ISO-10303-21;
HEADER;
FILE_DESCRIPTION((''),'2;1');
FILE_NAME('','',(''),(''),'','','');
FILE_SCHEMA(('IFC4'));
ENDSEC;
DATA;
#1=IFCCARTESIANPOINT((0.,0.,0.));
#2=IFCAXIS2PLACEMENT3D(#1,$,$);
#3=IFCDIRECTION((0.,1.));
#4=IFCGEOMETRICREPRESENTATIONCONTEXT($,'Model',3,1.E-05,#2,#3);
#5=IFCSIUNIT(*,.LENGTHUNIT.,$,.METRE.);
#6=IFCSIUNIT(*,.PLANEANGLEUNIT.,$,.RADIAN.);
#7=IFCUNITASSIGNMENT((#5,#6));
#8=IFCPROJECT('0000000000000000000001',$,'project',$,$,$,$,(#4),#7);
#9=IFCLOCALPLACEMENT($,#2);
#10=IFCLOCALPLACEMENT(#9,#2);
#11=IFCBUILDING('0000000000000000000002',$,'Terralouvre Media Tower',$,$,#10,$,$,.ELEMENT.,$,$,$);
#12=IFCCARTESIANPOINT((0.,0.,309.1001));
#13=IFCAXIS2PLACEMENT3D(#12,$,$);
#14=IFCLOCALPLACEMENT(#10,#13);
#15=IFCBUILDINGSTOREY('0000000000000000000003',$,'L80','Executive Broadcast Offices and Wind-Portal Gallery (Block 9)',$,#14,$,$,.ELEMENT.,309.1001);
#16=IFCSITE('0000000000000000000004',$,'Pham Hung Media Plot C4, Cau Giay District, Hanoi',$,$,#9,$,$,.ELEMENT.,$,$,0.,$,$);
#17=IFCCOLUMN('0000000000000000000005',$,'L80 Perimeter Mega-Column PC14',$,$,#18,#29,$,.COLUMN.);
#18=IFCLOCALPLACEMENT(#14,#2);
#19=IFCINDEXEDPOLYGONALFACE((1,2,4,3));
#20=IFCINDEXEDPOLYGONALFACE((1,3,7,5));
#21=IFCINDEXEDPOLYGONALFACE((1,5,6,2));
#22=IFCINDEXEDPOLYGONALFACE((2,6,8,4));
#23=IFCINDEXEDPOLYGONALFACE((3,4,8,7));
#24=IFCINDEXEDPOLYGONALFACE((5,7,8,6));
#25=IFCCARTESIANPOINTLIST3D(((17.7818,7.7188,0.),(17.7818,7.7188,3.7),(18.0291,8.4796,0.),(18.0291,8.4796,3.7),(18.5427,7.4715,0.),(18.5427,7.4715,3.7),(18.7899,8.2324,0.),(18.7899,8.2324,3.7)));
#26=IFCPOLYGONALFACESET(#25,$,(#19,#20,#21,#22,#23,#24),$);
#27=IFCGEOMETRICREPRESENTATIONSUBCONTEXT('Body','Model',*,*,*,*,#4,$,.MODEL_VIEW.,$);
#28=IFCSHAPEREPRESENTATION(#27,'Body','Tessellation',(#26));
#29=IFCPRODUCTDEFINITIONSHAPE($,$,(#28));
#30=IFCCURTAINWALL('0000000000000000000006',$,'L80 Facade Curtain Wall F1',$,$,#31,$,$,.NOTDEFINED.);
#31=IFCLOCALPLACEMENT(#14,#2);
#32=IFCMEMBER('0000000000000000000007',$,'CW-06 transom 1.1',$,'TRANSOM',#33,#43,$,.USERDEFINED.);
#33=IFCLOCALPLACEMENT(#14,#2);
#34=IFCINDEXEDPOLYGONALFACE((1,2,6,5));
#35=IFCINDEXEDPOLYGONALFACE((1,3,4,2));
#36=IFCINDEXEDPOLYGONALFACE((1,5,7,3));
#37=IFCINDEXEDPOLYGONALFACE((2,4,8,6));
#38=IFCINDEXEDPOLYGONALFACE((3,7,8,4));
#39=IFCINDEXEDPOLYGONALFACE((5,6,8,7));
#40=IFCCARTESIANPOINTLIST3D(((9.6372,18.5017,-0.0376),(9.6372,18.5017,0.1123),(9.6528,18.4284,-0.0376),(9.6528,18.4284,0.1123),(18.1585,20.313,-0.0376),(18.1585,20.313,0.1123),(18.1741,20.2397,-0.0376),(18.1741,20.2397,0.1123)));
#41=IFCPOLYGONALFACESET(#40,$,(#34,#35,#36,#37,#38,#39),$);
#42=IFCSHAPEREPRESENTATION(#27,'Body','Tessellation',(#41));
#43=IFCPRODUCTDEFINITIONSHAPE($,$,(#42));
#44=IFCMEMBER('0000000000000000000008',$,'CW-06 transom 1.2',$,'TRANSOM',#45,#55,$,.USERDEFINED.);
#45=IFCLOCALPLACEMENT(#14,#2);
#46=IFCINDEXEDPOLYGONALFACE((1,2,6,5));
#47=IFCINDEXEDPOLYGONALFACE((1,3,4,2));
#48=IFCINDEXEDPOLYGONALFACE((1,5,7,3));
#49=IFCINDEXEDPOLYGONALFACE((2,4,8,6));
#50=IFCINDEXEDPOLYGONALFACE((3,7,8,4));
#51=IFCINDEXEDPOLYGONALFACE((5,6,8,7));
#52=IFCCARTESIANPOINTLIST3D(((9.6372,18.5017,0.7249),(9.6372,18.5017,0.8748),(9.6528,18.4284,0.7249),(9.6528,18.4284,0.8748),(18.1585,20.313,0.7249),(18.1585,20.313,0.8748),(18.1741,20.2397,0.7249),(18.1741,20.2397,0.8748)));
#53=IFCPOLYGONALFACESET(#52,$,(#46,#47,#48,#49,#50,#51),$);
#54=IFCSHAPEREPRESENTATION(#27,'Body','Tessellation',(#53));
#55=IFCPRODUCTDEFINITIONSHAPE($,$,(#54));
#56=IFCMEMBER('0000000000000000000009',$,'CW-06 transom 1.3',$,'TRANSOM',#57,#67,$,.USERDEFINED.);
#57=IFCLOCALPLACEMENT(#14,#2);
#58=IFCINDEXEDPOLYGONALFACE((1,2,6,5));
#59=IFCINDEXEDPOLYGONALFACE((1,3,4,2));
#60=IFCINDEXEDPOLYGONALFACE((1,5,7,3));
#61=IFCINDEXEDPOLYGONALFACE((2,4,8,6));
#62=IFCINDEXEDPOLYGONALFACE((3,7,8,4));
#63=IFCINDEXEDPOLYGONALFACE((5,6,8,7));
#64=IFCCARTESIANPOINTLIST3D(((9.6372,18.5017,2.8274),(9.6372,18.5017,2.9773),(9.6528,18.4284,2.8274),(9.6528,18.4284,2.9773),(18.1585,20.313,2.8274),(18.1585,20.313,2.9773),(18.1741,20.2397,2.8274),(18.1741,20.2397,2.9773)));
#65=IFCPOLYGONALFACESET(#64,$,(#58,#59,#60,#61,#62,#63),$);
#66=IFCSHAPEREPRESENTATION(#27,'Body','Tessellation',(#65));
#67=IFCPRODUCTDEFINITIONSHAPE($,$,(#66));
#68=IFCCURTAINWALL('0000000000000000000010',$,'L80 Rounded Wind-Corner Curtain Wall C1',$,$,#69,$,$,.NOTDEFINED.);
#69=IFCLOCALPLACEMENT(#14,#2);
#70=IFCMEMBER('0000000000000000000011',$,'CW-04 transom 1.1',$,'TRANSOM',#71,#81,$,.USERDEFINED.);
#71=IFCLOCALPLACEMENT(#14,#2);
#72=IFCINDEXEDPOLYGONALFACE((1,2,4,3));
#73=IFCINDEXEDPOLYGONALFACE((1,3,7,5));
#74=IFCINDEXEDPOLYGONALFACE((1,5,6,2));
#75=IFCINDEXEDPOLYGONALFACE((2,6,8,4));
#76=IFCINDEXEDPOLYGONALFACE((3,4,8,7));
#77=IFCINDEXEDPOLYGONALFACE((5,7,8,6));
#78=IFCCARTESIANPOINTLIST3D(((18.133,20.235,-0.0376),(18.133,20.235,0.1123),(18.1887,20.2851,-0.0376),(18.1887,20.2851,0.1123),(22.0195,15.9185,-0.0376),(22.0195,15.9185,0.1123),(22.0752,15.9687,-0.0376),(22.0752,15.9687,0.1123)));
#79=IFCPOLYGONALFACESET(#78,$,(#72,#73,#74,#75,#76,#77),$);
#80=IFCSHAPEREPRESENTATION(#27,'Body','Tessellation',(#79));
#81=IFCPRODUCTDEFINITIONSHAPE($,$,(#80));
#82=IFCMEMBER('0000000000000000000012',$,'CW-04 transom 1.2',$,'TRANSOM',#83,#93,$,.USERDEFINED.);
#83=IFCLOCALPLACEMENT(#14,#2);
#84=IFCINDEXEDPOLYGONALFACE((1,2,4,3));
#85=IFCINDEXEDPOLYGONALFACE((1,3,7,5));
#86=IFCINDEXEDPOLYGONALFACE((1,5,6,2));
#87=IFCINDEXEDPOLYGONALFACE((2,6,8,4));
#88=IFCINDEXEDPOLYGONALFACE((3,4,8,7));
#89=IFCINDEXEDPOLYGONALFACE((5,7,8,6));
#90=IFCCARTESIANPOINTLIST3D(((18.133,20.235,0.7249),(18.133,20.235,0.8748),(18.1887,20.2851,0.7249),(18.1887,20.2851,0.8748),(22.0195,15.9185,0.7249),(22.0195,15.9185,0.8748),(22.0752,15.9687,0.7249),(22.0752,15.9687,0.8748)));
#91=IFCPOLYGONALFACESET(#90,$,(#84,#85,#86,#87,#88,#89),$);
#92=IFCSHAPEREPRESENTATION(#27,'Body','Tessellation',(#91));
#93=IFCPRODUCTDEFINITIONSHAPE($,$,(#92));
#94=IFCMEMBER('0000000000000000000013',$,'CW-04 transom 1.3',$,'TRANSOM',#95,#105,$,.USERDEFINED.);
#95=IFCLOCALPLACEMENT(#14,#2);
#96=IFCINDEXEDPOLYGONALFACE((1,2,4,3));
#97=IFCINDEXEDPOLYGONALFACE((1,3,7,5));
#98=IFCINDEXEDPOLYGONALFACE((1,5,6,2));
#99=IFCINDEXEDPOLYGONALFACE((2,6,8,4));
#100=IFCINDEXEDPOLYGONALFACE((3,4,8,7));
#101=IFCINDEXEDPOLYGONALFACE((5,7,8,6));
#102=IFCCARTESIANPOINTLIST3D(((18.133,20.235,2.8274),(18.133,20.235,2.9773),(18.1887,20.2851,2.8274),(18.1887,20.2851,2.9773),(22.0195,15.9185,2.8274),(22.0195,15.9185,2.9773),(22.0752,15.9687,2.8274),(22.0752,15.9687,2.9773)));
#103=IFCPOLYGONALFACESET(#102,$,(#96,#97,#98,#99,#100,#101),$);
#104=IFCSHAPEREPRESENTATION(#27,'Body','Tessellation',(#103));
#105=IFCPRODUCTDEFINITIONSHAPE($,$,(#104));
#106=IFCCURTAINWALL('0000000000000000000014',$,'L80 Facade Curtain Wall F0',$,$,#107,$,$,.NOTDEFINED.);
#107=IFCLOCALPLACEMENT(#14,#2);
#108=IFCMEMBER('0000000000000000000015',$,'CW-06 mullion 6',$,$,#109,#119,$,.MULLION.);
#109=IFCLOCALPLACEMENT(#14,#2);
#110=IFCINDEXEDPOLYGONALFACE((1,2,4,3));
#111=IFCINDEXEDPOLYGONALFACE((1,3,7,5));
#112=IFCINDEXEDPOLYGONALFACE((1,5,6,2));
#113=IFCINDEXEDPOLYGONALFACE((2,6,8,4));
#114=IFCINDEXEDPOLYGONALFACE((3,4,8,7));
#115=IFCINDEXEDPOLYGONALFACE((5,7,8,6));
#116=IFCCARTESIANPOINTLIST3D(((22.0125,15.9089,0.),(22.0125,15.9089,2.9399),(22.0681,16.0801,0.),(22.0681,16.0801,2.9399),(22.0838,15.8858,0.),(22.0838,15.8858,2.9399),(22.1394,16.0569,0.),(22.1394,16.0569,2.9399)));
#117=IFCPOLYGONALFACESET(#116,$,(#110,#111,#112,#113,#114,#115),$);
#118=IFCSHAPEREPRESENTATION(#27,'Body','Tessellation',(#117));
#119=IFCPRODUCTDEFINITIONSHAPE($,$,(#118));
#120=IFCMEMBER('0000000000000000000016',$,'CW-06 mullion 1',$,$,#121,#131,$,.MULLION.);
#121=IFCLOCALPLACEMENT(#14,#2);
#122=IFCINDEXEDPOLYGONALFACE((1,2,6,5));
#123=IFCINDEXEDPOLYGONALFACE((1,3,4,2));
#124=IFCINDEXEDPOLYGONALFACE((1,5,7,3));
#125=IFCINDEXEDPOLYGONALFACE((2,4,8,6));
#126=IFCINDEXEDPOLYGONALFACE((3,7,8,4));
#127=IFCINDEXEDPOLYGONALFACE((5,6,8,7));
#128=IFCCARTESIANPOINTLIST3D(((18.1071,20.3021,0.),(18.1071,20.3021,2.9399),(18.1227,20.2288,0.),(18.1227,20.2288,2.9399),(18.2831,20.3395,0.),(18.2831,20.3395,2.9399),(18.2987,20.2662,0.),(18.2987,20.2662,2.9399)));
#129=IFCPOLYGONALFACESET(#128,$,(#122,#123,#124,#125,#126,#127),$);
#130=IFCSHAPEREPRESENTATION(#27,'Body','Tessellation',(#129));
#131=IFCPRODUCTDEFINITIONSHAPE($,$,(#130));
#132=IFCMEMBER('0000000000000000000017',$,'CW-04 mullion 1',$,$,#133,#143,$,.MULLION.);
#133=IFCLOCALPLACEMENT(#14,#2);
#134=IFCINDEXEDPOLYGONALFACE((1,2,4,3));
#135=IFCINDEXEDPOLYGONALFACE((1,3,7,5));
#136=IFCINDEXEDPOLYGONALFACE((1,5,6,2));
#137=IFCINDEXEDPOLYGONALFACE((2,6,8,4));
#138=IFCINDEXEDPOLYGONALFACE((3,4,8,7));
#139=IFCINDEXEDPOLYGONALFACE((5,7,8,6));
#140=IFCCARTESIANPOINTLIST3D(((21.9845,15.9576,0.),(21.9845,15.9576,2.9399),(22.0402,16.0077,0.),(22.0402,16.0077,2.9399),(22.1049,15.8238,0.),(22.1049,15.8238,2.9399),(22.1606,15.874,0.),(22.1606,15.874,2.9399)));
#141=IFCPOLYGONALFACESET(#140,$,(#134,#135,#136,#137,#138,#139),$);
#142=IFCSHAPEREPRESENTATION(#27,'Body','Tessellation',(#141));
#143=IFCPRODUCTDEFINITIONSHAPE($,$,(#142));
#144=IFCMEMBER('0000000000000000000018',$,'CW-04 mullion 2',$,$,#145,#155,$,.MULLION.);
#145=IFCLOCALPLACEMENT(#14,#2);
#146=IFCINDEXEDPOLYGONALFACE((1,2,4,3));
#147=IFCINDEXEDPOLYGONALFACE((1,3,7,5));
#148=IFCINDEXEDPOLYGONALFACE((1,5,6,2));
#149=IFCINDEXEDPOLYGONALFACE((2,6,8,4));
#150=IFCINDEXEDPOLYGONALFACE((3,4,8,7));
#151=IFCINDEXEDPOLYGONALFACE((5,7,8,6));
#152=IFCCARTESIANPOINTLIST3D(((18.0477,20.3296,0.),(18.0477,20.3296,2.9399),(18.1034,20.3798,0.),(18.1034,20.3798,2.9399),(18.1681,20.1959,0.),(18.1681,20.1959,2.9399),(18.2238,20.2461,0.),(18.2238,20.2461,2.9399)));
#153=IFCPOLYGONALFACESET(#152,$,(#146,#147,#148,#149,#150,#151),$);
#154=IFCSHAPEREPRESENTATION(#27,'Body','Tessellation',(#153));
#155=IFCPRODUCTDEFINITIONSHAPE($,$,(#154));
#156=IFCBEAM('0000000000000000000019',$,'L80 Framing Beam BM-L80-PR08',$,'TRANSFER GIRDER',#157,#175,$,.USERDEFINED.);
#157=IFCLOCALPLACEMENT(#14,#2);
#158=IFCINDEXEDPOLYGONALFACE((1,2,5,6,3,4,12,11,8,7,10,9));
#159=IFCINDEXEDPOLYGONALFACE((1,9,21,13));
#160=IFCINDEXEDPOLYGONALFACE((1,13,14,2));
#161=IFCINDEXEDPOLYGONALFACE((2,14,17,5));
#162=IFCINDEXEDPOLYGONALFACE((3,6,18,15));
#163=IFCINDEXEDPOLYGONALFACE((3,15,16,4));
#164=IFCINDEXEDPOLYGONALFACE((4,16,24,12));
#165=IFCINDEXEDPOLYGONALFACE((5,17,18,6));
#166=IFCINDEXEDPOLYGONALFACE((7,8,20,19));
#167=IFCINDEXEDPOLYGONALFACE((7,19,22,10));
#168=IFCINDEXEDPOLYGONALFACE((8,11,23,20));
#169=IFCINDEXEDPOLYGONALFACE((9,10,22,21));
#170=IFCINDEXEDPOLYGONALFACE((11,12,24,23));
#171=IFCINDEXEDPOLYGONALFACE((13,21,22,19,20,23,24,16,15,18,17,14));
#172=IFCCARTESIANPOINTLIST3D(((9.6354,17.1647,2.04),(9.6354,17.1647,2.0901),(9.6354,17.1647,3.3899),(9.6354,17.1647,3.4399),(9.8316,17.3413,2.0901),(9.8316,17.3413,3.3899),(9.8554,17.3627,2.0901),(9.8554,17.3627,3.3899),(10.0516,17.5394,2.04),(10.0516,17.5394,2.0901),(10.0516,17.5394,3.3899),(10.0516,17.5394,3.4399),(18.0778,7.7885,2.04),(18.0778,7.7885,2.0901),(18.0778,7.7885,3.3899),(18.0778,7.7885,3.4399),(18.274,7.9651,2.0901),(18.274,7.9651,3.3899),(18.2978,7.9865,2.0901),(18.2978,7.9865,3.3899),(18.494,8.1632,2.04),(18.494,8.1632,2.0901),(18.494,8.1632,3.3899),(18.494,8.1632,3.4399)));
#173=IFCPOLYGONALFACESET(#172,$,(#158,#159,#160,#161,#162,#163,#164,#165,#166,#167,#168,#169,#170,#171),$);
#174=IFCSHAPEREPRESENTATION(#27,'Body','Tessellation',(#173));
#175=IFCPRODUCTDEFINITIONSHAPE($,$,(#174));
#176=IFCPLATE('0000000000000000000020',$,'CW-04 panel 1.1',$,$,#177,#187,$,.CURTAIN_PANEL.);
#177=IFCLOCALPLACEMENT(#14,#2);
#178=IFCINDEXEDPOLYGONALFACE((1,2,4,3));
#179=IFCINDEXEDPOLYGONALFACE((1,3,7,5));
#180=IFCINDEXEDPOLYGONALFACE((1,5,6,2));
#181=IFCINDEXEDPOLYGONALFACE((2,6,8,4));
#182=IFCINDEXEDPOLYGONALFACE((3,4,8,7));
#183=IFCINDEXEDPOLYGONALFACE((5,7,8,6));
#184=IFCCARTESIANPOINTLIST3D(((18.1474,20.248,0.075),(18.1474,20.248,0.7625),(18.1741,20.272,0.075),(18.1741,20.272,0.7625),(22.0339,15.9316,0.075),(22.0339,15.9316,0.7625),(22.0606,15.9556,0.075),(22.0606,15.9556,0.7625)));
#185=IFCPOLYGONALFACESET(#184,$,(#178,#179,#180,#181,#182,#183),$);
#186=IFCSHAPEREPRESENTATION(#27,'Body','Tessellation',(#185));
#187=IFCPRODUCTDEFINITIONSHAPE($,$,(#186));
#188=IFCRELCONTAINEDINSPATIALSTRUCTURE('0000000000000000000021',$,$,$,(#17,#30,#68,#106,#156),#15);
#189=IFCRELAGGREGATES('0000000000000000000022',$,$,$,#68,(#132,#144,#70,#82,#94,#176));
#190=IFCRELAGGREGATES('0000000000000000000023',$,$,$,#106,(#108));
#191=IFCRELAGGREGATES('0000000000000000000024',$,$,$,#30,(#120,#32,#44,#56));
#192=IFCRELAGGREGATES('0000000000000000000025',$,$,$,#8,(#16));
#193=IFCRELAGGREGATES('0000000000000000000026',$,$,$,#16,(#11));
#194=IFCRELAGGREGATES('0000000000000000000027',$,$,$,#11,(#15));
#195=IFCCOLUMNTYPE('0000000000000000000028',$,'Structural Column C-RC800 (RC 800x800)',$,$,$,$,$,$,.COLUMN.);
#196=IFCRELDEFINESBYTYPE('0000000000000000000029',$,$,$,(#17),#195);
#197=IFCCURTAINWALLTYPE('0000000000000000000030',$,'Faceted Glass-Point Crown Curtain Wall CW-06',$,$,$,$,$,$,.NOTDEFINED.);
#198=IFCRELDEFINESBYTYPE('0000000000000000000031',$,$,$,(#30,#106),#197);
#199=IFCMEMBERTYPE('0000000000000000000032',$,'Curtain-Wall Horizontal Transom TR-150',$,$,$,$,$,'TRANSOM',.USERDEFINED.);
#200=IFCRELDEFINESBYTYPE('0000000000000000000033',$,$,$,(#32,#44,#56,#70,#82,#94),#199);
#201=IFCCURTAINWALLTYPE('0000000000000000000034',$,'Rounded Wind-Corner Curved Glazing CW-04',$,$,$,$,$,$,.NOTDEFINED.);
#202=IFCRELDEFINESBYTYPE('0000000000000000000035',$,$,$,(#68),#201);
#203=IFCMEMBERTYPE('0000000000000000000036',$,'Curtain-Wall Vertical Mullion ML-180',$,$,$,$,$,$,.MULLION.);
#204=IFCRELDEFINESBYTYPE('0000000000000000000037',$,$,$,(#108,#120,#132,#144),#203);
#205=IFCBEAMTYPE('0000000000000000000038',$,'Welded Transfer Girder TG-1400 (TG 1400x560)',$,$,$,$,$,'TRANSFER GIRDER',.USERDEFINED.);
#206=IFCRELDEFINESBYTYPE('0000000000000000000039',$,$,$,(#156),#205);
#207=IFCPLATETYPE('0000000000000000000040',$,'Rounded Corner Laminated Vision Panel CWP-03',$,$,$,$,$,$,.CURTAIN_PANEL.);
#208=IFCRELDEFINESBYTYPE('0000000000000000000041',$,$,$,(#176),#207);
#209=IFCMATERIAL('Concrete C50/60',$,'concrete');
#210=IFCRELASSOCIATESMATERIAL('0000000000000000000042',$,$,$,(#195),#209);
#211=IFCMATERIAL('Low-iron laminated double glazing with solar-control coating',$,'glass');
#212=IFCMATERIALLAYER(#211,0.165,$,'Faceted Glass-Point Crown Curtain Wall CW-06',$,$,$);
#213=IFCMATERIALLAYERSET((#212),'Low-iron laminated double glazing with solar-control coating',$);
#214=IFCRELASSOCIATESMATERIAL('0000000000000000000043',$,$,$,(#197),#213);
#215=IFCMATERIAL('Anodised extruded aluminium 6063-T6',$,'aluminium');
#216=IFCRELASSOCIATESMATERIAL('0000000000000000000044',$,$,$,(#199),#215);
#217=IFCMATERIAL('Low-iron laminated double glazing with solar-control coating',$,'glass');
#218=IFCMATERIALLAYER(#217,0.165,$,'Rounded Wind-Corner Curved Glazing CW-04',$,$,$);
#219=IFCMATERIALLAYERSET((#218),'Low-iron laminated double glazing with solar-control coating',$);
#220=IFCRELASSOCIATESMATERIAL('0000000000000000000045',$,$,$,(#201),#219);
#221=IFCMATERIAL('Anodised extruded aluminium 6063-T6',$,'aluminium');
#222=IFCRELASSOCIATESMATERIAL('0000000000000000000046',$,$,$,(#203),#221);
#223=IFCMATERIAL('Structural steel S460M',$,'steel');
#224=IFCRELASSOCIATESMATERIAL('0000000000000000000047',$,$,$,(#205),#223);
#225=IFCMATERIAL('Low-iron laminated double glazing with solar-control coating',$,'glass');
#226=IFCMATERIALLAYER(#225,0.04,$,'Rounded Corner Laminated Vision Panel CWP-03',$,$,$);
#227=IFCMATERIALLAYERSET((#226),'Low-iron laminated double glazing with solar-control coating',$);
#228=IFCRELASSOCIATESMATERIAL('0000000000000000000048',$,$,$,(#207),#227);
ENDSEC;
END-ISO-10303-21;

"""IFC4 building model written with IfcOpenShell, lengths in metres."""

from ifc_helpers import new_model, si_unit, direction, frame, origin, origin_2d, place, context, subcontext, project, spatial, rectangle, i_section, extrude, material, layer, layer_set, material_profile, profile_set, type_object, element, aggregate, save


model = new_model("IFC4")

# Units and contexts
model_context = context("Model", 3, precision=1e-05, world=origin(), true_north=direction((0.0, 1.0)))
body_context = subcontext(model_context, "Body", "Model", "MODEL_VIEW")
ifc_project = project(units=[si_unit("LENGTHUNIT", "METRE"), si_unit("PLANEANGLEUNIT", "RADIAN")], contexts=[model_context])

# Site, building, storey
site_placement = place(None, origin())
site = spatial("IfcSite", under=ifc_project, at=site_placement, Name="Pham Hung Media Plot C4, Cau Giay District, Hanoi", CompositionType="ELEMENT", RefElevation=0.0)
building_placement = place(site_placement, origin())
building = spatial("IfcBuilding", under=site, at=building_placement, Name="Terralouvre Media Tower", CompositionType="ELEMENT")
storey_placement = place(building_placement, frame((0.0, 0.0, 309.1001)))
storey = spatial("IfcBuildingStorey", under=building, at=storey_placement, Name="L80", Description="Executive Broadcast Offices and Wind-Portal Gallery (Block 9)", CompositionType="ELEMENT", Elevation=309.1001)

# Column
ifc_material_1 = material(Name="Concrete C50/60", Category="concrete")
ifc_material_profile_1 = material_profile(ifc_material_1, rectangle(XDim=0.8, YDim=0.8, at=origin_2d()), Name="RC 800x800")
ifc_profile_set_1 = profile_set([ifc_material_profile_1], Name="Concrete C50/60")
column_type = type_object("IfcColumnType", Name="Structural Column C-RC800 (RC 800x800)", PredefinedType="COLUMN", material=ifc_profile_set_1)
column_placement = place(storey_placement, frame((18.2859, 7.9756, 0.0), z_axis=(0.0, 0.0, 1.0), x_axis=(0.309017, 0.951057, 0.0)))
element("IfcColumn", 1, at=column_placement, inside=storey, type_object=column_type, Name="L80 Perimeter Mega-Column PC14", PredefinedType="COLUMN", context=body_context, shape_type="SweptSolid", body=[
    extrude(rectangle(XDim=0.8, YDim=0.8, at=origin_2d()), origin(), (0.0, 0.0, 1.0), 3.7),
])

# Curtain walls, members
ifc_material_2 = material(Name="Low-iron laminated double glazing with solar-control coating", Category="glass")
ifc_layer_1 = layer(ifc_material_2, 0.165, Name="Faceted Glass-Point Crown Curtain Wall CW-06")
ifc_layer_set_1 = layer_set([ifc_layer_1], Name="Low-iron laminated double glazing with solar-control coating")
curtain_wall_type_1 = type_object("IfcCurtainWallType", Name="Faceted Glass-Point Crown Curtain Wall CW-06", PredefinedType="NOTDEFINED", material=ifc_layer_set_1)
curtain_wall_1_placement = place(storey_placement, origin())
curtain_wall_1 = element("IfcCurtainWall", 2, at=curtain_wall_1_placement, inside=storey, type_object=curtain_wall_type_1, Name="L80 Facade Curtain Wall F1", PredefinedType="NOTDEFINED")
ifc_material_3 = material(Name="Anodised extruded aluminium 6063-T6", Category="aluminium")
ifc_material_profile_2 = material_profile(ifc_material_3, rectangle(XDim=0.075, YDim=0.1499, at=origin_2d()), Name="ALU 75x150")
ifc_profile_set_2 = profile_set([ifc_material_profile_2], Name="Anodised extruded aluminium 6063-T6")
member_type_1 = type_object("IfcMemberType", Name="Curtain-Wall Horizontal Transom TR-150", ElementType="TRANSOM", PredefinedType="USERDEFINED", material=ifc_profile_set_2)
member_1_placement = place(storey_placement, frame((18.1663, 20.2764, 0.0374), z_axis=(-0.978147, -0.207915, 0.0), x_axis=(0.207915, -0.978147, 0.0)))
member_1 = element("IfcMember", 3, at=member_1_placement, type_object=member_type_1, Name="CW-06 transom 1.1", ObjectType="TRANSOM", PredefinedType="USERDEFINED", context=body_context, shape_type="SweptSolid", body=[
    extrude(rectangle(XDim=0.075, YDim=0.1499, at=origin_2d()), origin(), (0.0, 0.0, 1.0), 8.7117),
])
member_2_placement = place(storey_placement, frame((18.1663, 20.2764, 0.7998), z_axis=(-0.978147, -0.207915, 0.0), x_axis=(0.207915, -0.978147, 0.0)))
member_2 = element("IfcMember", 4, at=member_2_placement, type_object=member_type_1, Name="CW-06 transom 1.2", ObjectType="TRANSOM", PredefinedType="USERDEFINED", context=body_context, shape_type="SweptSolid", body=[
    extrude(rectangle(XDim=0.075, YDim=0.1499, at=origin_2d()), origin(), (0.0, 0.0, 1.0), 8.7117),
])
member_3_placement = place(storey_placement, frame((18.1663, 20.2764, 2.9023), z_axis=(-0.978147, -0.207915, 0.0), x_axis=(0.207915, -0.978147, 0.0)))
member_3 = element("IfcMember", 5, at=member_3_placement, type_object=member_type_1, Name="CW-06 transom 1.3", ObjectType="TRANSOM", PredefinedType="USERDEFINED", context=body_context, shape_type="SweptSolid", body=[
    extrude(rectangle(XDim=0.075, YDim=0.1499, at=origin_2d()), origin(), (0.0, 0.0, 1.0), 8.7117),
])
ifc_material_4 = material(Name="Low-iron laminated double glazing with solar-control coating", Category="glass")
ifc_layer_2 = layer(ifc_material_4, 0.165, Name="Rounded Wind-Corner Curved Glazing CW-04")
ifc_layer_set_2 = layer_set([ifc_layer_2], Name="Low-iron laminated double glazing with solar-control coating")
curtain_wall_type_2 = type_object("IfcCurtainWallType", Name="Rounded Wind-Corner Curved Glazing CW-04", PredefinedType="NOTDEFINED", material=ifc_layer_set_2)
curtain_wall_2_placement = place(storey_placement, origin())
curtain_wall_2 = element("IfcCurtainWall", 6, at=curtain_wall_2_placement, inside=storey, type_object=curtain_wall_type_2, Name="L80 Rounded Wind-Corner Curtain Wall C1", PredefinedType="NOTDEFINED")
member_4_placement = place(storey_placement, frame((22.0474, 15.9436, 0.0374), z_axis=(-0.669127, 0.743148, 0.0), x_axis=(-0.743148, -0.669127, 0.0)))
member_4 = element("IfcMember", 7, at=member_4_placement, type_object=member_type_1, Name="CW-04 transom 1.1", ObjectType="TRANSOM", PredefinedType="USERDEFINED", context=body_context, shape_type="SweptSolid", body=[
    extrude(rectangle(XDim=0.075, YDim=0.1499, at=origin_2d()), origin(), (0.0, 0.0, 1.0), 5.8083),
])
member_5_placement = place(storey_placement, frame((22.0474, 15.9436, 0.7998), z_axis=(-0.669127, 0.743148, 0.0), x_axis=(-0.743148, -0.669127, 0.0)))
member_5 = element("IfcMember", 8, at=member_5_placement, type_object=member_type_1, Name="CW-04 transom 1.2", ObjectType="TRANSOM", PredefinedType="USERDEFINED", context=body_context, shape_type="SweptSolid", body=[
    extrude(rectangle(XDim=0.075, YDim=0.1499, at=origin_2d()), origin(), (0.0, 0.0, 1.0), 5.8083),
])
member_6_placement = place(storey_placement, frame((22.0474, 15.9436, 2.9023), z_axis=(-0.669127, 0.743148, 0.0), x_axis=(-0.743148, -0.669127, 0.0)))
member_6 = element("IfcMember", 9, at=member_6_placement, type_object=member_type_1, Name="CW-04 transom 1.3", ObjectType="TRANSOM", PredefinedType="USERDEFINED", context=body_context, shape_type="SweptSolid", body=[
    extrude(rectangle(XDim=0.075, YDim=0.1499, at=origin_2d()), origin(), (0.0, 0.0, 1.0), 5.8083),
])

# Curtain wall, member
curtain_wall_3_placement = place(storey_placement, origin())
curtain_wall_3 = element("IfcCurtainWall", 10, at=curtain_wall_3_placement, inside=storey, type_object=curtain_wall_type_1, Name="L80 Facade Curtain Wall F0", PredefinedType="NOTDEFINED")
ifc_material_5 = material(Name="Anodised extruded aluminium 6063-T6", Category="aluminium")
ifc_material_profile_3 = material_profile(ifc_material_5, rectangle(XDim=0.075, YDim=0.1799, at=origin_2d()), Name="ALU 75x180")
ifc_profile_set_3 = profile_set([ifc_material_profile_3], Name="Anodised extruded aluminium 6063-T6")
member_type_2 = type_object("IfcMemberType", Name="Curtain-Wall Vertical Mullion ML-180", PredefinedType="MULLION", material=ifc_profile_set_3)
member_7_placement = place(storey_placement, frame((22.0759, 15.9829, 0.0), z_axis=(0.0, 0.0, 1.0), x_axis=(-0.951057, 0.309017, 0.0)))
member_7 = element("IfcMember", 11, at=member_7_placement, type_object=member_type_2, Name="CW-06 mullion 6", PredefinedType="MULLION", context=body_context, shape_type="SweptSolid", body=[
    extrude(rectangle(XDim=0.075, YDim=0.1799, at=origin_2d()), origin(), (0.0, 0.0, 1.0), 2.9399),
])

# Members
member_8_placement = place(storey_placement, frame((18.2029, 20.2842, 0.0), z_axis=(0.0, 0.0, 1.0), x_axis=(0.207912, -0.978148, 0.0)))
member_8 = element("IfcMember", 12, at=member_8_placement, type_object=member_type_2, Name="CW-06 mullion 1", PredefinedType="MULLION", context=body_context, shape_type="SweptSolid", body=[
    extrude(rectangle(XDim=0.075, YDim=0.1799, at=origin_2d()), origin(), (0.0, 0.0, 1.0), 2.9399),
])
member_9_placement = place(storey_placement, frame((22.0725, 15.9158, 0.0), z_axis=(0.0, 0.0, 1.0), x_axis=(-0.743145, -0.66913, 0.0)))
member_9 = element("IfcMember", 13, at=member_9_placement, type_object=member_type_2, Name="CW-04 mullion 1", PredefinedType="MULLION", context=body_context, shape_type="SweptSolid", body=[
    extrude(rectangle(XDim=0.075, YDim=0.1799, at=origin_2d()), origin(), (0.0, 0.0, 1.0), 2.9399),
])
member_10_placement = place(storey_placement, frame((18.1357, 20.2878, 0.0), z_axis=(0.0, 0.0, 1.0), x_axis=(-0.743145, -0.66913, 0.0)))
member_10 = element("IfcMember", 14, at=member_10_placement, type_object=member_type_2, Name="CW-04 mullion 2", PredefinedType="MULLION", context=body_context, shape_type="SweptSolid", body=[
    extrude(rectangle(XDim=0.075, YDim=0.1799, at=origin_2d()), origin(), (0.0, 0.0, 1.0), 2.9399),
])

# Beam
ifc_material_6 = material(Name="Structural steel S460M", Category="steel")
ifc_material_profile_4 = material_profile(ifc_material_6, i_section(OverallWidth=0.5601, OverallDepth=1.3999, WebThickness=0.032, FlangeThickness=0.05, at=origin_2d()), Name="TG 1400x560")
ifc_profile_set_4 = profile_set([ifc_material_profile_4], Name="Structural steel S460M")
beam_type = type_object("IfcBeamType", Name="Welded Transfer Girder TG-1400 (TG 1400x560)", ElementType="TRANSFER GIRDER", PredefinedType="USERDEFINED", material=ifc_profile_set_4)
beam_placement = place(storey_placement, frame((18.2859, 7.9758, 2.74), z_axis=(-0.66913, 0.743145, 0.0), x_axis=(-0.743145, -0.66913, 0.0)))
element("IfcBeam", 15, at=beam_placement, inside=storey, type_object=beam_type, Name="L80 Framing Beam BM-L80-PR08", ObjectType="TRANSFER GIRDER", PredefinedType="USERDEFINED", context=body_context, shape_type="SweptSolid", body=[
    extrude(i_section(OverallWidth=0.5601, OverallDepth=1.3999, WebThickness=0.032, FlangeThickness=0.05, at=origin_2d()), origin(), (0.0, 0.0, 1.0), 12.6169),
])

# Plate
ifc_material_7 = material(Name="Low-iron laminated double glazing with solar-control coating", Category="glass")
ifc_layer_3 = layer(ifc_material_7, 0.04, Name="Rounded Corner Laminated Vision Panel CWP-03")
ifc_layer_set_3 = layer_set([ifc_layer_3], Name="Low-iron laminated double glazing with solar-control coating")
plate_type_1 = type_object("IfcPlateType", Name="Rounded Corner Laminated Vision Panel CWP-03", PredefinedType="CURTAIN_PANEL", material=ifc_layer_set_3)
plate_1_placement = place(storey_placement, frame((20.104, 18.1018, 0.075), z_axis=(0.0, 0.0, 1.0), x_axis=(-0.66913, 0.743145, 0.0)))
plate_1 = element("IfcPlate", 16, at=plate_1_placement, type_object=plate_type_1, Name="CW-04 panel 1.1", PredefinedType="CURTAIN_PANEL", context=body_context, shape_type="SweptSolid", body=[
    extrude(rectangle(XDim=5.8083, YDim=0.0359, at=origin_2d()), origin(), (0.0, 0.0, 1.0), 0.6875),
])
aggregate(curtain_wall_2, [member_9, member_10, member_4, member_5, member_6, plate_1])
aggregate(curtain_wall_3, [member_7])
aggregate(curtain_wall_1, [member_8, member_1, member_2, member_3])

save(model, "model.ifc")
